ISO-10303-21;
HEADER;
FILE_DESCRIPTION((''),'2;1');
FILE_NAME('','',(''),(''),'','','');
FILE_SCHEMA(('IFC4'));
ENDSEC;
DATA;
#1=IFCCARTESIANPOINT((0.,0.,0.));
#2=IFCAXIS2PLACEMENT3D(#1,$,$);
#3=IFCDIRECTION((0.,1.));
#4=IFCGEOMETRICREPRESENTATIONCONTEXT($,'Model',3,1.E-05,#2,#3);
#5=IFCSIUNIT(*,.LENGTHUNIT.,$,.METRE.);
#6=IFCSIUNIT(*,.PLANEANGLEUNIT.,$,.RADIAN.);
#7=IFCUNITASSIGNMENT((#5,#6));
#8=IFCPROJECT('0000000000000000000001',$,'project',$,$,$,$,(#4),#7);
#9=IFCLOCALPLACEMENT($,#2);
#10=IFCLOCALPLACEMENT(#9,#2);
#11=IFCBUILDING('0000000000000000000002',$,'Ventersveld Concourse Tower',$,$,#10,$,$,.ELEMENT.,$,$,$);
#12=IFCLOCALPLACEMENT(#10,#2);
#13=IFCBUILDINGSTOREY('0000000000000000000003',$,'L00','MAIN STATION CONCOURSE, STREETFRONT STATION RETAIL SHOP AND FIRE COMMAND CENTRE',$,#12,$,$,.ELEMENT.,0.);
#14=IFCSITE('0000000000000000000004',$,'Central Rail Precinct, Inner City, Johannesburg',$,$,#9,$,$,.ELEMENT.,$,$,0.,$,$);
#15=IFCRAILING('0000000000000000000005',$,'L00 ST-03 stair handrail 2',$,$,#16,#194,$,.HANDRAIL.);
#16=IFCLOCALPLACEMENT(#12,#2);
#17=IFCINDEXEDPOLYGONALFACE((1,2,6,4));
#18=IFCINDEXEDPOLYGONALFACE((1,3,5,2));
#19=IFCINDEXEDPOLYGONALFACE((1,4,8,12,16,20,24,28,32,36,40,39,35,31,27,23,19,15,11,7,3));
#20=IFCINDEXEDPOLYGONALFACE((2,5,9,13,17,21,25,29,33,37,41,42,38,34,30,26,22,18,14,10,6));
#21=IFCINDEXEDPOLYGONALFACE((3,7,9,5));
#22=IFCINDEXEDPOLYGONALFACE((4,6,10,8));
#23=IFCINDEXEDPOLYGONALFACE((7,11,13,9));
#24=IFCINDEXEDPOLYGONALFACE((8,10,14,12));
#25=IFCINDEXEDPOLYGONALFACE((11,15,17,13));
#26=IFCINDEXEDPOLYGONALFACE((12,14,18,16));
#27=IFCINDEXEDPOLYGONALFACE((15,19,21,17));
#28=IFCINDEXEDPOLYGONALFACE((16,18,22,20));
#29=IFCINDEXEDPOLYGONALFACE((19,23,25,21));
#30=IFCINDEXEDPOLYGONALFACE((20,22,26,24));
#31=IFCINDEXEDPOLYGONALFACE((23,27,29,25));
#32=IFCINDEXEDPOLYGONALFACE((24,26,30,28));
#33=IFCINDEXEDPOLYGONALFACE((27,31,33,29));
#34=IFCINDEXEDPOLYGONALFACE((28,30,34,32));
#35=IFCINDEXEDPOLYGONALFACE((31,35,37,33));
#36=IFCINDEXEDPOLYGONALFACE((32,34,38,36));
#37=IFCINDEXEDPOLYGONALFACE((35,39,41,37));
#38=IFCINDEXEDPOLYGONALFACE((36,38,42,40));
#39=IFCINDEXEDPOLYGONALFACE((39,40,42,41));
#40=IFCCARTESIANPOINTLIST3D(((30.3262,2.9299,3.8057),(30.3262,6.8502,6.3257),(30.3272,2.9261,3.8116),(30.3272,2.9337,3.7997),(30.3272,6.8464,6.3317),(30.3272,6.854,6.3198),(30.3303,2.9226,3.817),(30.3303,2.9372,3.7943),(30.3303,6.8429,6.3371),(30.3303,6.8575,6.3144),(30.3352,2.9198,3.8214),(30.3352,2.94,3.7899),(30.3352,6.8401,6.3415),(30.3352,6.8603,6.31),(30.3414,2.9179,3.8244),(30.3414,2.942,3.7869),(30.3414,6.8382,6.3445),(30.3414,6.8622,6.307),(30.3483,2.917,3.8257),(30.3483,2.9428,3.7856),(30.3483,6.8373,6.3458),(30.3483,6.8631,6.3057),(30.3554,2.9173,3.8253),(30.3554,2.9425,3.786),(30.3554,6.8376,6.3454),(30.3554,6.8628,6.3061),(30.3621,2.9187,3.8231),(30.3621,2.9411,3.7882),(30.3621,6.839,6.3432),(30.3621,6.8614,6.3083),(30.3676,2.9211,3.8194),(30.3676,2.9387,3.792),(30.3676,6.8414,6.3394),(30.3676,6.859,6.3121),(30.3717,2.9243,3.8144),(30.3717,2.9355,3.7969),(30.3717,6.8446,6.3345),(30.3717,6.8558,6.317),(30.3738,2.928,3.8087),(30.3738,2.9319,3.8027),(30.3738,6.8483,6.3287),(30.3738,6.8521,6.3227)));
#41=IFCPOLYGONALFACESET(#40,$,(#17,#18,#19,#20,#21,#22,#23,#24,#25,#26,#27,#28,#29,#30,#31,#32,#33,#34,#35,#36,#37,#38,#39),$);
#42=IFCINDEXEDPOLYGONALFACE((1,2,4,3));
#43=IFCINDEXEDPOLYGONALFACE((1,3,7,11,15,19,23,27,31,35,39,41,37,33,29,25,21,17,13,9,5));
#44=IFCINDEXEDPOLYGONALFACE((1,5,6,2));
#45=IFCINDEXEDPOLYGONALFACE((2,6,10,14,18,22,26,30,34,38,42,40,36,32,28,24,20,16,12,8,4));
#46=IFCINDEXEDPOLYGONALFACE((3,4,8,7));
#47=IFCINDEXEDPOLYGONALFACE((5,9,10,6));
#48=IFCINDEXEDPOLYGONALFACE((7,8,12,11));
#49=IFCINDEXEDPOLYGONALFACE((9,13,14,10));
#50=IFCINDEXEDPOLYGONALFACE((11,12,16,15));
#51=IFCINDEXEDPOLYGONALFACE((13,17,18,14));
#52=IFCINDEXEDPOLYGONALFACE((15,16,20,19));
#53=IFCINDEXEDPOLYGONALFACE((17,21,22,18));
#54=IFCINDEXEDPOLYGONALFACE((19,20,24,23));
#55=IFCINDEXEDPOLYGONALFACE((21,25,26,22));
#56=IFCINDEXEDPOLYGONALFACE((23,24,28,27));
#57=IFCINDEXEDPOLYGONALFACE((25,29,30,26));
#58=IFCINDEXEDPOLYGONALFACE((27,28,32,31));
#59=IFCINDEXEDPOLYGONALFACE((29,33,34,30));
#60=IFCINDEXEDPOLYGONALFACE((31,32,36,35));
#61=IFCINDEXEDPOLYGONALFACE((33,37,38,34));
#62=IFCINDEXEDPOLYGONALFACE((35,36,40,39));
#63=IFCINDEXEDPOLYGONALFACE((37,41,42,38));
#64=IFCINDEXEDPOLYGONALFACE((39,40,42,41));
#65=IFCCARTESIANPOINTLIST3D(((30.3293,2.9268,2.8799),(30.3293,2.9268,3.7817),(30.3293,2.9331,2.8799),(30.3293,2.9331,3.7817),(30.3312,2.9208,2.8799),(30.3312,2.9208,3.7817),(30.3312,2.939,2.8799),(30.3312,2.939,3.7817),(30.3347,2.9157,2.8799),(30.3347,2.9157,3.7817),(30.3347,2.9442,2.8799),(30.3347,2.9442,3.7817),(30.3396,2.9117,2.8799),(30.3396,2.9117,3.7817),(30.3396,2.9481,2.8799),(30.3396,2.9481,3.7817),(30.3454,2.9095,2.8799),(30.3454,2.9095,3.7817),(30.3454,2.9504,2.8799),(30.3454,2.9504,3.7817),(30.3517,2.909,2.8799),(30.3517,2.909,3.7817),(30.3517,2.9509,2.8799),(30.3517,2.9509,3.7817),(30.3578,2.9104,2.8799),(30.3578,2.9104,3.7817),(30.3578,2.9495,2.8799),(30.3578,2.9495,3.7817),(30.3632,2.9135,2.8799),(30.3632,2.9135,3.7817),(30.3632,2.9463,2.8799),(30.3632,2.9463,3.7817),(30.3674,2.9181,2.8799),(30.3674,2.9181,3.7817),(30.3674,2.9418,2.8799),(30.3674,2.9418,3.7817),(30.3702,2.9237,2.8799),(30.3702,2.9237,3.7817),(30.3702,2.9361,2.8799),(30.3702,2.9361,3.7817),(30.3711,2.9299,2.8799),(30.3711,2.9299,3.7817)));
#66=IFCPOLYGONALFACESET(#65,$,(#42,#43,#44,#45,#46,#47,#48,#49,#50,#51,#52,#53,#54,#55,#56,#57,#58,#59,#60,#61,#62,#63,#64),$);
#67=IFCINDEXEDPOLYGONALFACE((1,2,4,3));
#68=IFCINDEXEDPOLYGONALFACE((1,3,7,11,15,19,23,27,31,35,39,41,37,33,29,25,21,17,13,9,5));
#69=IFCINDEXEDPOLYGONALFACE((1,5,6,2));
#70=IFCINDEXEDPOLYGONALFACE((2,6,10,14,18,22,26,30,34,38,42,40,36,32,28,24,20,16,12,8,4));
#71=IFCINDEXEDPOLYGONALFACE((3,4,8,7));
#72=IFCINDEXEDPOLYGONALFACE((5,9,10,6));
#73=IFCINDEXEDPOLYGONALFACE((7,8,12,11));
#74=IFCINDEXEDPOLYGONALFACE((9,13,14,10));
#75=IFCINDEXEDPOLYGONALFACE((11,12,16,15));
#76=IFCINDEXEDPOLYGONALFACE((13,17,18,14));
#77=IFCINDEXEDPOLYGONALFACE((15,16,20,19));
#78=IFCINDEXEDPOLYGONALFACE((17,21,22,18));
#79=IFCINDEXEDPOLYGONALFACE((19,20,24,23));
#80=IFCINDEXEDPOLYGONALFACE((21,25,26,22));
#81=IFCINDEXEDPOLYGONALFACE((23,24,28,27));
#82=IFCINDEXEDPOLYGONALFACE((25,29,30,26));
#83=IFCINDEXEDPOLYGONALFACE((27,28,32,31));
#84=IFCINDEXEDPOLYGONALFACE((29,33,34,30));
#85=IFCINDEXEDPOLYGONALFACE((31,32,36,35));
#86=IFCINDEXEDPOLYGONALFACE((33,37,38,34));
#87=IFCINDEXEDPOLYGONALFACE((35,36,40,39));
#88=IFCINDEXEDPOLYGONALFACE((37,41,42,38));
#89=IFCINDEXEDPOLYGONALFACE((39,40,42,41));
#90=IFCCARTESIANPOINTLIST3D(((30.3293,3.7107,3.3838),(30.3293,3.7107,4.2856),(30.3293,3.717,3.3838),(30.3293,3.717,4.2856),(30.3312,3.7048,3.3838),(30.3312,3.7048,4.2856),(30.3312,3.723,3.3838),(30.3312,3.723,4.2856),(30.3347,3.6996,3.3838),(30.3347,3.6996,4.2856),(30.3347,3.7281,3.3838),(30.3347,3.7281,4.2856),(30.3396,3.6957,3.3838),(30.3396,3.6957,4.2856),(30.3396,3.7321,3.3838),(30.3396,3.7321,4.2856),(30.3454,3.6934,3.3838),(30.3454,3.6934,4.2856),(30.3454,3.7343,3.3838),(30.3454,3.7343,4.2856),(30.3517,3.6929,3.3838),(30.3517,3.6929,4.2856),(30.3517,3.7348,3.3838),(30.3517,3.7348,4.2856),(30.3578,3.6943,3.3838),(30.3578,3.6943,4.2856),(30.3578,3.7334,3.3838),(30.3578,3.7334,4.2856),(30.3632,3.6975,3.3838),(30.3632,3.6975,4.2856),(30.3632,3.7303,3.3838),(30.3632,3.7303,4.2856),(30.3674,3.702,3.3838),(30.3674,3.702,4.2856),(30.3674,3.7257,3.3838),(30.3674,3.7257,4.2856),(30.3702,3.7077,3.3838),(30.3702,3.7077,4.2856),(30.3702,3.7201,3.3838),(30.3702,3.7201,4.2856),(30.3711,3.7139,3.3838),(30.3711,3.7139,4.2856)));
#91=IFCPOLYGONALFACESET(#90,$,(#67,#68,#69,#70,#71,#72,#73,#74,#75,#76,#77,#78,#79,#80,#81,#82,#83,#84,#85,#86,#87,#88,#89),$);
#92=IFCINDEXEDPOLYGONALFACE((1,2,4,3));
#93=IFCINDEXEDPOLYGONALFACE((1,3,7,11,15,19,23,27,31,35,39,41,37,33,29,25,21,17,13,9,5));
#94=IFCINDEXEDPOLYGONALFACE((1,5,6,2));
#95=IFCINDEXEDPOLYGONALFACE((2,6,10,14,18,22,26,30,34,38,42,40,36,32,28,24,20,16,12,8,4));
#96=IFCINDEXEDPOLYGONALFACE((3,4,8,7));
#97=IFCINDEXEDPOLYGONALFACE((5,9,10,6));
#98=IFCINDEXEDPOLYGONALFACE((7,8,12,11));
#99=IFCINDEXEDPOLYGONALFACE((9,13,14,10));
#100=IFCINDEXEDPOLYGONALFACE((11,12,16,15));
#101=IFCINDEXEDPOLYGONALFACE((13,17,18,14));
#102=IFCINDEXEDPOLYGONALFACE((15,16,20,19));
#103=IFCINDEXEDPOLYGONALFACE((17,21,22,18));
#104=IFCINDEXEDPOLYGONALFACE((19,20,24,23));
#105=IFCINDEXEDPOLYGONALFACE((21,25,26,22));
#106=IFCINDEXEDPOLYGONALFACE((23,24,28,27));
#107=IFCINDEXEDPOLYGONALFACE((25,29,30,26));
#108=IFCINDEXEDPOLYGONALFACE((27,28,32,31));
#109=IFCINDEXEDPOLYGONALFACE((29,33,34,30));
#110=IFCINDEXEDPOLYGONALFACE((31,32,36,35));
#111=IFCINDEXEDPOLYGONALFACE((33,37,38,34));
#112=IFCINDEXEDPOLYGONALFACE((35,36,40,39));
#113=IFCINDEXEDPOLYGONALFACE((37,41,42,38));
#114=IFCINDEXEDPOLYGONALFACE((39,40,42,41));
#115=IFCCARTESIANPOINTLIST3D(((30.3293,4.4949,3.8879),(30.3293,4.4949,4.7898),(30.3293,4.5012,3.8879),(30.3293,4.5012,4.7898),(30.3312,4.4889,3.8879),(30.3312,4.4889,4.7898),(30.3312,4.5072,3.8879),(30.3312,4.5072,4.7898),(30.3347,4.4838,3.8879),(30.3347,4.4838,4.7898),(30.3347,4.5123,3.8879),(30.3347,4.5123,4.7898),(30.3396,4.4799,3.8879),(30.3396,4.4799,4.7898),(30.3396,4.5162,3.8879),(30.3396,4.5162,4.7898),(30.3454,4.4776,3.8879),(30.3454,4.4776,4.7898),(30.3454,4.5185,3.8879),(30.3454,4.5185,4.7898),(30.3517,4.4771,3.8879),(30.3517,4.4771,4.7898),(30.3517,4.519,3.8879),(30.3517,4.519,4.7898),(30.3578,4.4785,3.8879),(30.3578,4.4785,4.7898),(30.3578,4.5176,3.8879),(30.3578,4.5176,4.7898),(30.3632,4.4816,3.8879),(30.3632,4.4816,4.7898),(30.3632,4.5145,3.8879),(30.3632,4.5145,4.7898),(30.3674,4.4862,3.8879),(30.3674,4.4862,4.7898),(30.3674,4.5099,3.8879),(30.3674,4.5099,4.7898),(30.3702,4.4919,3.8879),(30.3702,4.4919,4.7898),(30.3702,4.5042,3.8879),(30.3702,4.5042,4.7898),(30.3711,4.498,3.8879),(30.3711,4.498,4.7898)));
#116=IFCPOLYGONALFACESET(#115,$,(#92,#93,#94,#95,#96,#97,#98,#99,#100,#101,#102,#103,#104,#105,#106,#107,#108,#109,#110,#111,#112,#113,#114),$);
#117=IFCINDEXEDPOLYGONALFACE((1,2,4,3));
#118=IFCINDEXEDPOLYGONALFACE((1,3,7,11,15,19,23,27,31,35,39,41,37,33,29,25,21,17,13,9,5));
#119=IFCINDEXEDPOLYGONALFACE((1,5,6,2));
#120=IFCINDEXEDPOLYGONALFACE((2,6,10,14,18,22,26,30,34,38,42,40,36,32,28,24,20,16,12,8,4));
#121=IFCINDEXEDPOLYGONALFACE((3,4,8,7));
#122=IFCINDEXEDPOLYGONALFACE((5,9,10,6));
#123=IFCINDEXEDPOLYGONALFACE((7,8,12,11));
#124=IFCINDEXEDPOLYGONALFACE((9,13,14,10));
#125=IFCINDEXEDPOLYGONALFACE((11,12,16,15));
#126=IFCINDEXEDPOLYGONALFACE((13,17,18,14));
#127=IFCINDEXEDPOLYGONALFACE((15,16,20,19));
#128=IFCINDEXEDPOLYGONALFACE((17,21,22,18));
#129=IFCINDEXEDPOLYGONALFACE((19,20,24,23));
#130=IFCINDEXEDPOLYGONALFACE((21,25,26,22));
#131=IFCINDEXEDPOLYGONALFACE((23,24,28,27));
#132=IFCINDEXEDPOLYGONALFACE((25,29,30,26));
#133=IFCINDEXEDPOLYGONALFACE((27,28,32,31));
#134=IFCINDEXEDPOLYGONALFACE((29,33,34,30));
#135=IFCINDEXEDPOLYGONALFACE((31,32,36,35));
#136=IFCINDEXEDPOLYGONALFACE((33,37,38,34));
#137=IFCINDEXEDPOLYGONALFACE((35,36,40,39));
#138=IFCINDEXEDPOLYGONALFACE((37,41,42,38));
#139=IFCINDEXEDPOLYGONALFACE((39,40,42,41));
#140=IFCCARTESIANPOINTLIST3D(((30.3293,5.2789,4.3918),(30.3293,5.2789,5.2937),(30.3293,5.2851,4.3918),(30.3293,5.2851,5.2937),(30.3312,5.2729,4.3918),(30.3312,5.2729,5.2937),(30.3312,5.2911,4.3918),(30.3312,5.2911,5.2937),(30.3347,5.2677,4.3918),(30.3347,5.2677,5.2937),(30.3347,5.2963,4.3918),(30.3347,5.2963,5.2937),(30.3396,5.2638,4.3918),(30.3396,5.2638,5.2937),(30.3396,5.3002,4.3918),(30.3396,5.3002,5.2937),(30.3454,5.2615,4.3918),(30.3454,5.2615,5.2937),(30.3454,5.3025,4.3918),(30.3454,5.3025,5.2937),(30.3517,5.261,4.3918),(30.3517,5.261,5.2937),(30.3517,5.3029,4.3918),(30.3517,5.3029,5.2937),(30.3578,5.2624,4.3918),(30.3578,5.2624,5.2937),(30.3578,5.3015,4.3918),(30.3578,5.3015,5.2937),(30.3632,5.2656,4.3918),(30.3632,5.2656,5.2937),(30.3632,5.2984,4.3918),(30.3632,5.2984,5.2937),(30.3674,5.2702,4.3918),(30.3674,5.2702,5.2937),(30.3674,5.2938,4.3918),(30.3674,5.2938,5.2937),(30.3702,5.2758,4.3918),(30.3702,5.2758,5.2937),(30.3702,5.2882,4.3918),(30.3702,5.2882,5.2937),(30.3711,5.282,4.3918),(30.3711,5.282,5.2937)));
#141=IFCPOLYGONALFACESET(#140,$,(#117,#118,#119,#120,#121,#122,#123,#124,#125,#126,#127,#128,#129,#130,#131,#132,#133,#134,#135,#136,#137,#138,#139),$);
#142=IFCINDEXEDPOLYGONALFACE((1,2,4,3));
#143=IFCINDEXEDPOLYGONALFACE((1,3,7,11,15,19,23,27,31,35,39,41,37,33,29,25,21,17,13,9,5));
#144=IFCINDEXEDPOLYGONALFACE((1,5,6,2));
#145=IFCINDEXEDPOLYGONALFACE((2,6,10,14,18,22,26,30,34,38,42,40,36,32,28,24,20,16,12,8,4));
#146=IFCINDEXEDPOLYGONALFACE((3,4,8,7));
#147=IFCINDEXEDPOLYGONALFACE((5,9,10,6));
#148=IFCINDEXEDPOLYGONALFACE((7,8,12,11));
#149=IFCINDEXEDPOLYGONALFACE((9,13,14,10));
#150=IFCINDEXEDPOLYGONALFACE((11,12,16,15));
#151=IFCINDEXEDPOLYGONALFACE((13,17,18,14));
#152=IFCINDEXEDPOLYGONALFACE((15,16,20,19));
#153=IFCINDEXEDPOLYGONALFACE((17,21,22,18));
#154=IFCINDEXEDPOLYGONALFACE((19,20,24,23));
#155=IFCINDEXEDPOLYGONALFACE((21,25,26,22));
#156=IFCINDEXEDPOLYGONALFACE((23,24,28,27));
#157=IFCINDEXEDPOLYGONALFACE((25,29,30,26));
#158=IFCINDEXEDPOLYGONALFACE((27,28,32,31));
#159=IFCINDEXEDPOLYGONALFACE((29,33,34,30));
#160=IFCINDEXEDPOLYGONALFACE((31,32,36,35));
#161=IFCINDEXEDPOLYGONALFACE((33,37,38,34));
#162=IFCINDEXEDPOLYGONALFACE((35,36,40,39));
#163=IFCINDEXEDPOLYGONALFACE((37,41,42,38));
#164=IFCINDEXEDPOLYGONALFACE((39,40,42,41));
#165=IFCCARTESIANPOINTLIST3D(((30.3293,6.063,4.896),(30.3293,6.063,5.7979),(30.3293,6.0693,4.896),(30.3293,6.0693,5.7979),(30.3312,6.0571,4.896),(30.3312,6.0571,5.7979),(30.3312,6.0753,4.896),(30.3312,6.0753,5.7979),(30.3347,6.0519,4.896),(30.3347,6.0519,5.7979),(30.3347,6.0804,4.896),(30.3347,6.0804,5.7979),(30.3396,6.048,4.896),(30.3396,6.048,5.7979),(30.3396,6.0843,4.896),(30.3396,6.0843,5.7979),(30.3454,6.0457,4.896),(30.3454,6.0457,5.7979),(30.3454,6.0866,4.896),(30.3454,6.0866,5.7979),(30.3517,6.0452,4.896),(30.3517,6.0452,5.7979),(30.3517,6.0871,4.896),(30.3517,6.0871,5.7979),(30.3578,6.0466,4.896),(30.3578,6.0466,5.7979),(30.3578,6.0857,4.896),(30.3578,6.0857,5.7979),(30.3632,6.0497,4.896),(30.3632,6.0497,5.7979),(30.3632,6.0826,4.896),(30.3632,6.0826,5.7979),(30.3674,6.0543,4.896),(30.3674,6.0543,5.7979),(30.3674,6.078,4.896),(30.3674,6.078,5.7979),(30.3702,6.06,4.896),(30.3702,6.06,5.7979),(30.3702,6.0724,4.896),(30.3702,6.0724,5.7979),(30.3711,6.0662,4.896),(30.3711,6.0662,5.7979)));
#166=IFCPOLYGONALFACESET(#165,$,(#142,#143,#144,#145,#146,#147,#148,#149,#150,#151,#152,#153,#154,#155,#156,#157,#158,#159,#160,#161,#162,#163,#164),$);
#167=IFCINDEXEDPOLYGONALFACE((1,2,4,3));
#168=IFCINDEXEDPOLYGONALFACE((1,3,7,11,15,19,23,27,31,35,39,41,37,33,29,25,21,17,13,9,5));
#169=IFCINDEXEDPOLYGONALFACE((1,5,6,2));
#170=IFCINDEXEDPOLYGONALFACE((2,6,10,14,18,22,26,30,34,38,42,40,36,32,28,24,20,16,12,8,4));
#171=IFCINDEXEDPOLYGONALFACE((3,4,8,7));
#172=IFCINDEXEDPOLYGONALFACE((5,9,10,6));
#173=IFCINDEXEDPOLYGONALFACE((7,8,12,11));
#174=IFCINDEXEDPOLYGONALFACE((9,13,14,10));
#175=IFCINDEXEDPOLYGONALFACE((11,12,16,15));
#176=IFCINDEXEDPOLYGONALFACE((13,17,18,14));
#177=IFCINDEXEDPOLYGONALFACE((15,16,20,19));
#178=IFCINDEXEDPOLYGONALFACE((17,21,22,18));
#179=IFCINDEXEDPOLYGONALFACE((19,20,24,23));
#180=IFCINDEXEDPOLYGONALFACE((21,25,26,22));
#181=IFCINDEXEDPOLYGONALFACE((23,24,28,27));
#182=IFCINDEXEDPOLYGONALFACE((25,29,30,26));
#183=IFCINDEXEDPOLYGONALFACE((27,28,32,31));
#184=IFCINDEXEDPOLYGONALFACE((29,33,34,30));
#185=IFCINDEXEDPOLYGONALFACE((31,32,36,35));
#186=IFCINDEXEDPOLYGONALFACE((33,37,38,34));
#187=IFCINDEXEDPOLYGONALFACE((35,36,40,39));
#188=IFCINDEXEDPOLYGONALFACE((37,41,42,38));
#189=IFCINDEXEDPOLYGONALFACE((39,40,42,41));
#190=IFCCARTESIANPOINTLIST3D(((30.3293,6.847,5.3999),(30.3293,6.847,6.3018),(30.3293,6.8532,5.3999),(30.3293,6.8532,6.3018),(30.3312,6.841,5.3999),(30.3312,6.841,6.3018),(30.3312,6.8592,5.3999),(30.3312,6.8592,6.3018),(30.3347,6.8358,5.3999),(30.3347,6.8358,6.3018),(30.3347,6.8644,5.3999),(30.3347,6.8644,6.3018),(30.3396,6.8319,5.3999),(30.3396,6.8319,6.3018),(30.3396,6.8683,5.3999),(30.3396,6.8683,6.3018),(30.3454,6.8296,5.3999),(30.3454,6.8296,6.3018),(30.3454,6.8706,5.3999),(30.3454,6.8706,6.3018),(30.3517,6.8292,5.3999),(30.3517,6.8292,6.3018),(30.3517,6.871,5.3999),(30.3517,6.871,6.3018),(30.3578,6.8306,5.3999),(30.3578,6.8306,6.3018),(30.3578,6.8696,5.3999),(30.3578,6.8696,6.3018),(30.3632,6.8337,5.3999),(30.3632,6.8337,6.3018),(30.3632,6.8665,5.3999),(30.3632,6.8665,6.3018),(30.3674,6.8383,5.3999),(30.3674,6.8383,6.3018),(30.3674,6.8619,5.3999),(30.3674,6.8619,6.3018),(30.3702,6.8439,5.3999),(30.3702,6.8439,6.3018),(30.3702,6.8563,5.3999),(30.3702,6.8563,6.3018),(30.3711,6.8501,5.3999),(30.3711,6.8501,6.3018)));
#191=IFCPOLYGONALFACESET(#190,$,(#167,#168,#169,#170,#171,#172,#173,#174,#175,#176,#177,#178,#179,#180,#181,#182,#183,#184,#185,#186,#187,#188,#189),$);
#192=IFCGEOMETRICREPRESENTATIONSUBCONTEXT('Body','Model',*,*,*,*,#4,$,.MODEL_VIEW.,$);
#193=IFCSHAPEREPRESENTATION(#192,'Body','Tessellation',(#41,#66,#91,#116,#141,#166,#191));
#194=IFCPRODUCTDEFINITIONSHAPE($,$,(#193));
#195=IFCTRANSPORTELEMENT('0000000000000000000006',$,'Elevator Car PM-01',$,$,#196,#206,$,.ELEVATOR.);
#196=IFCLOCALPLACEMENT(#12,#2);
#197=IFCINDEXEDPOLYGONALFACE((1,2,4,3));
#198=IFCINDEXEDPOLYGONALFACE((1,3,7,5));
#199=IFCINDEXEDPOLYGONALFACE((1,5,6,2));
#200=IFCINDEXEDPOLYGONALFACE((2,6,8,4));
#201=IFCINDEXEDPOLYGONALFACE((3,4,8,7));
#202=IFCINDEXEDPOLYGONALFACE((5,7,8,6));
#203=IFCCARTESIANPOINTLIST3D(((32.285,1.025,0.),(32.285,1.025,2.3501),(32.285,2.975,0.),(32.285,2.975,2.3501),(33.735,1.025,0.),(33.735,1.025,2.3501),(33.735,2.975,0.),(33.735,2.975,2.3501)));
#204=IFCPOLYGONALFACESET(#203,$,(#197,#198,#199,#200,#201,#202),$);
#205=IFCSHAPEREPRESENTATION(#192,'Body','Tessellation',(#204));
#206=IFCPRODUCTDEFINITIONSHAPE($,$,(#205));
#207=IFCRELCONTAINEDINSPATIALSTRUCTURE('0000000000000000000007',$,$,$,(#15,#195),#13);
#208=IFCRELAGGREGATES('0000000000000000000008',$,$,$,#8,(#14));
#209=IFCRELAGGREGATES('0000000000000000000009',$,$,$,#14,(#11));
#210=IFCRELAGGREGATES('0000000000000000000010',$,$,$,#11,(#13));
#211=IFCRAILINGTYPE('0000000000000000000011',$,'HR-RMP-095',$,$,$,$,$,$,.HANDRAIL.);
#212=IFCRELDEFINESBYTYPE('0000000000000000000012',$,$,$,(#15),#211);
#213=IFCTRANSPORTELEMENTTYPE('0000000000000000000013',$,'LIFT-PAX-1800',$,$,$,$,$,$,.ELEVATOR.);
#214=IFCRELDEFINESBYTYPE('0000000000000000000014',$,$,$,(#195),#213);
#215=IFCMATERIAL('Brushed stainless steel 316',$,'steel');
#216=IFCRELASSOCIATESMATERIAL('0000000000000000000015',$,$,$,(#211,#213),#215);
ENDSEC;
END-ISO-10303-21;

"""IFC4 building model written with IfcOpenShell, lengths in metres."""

from ifc_helpers import new_model, si_unit, direction, frame, origin, origin_2d, place, context, subcontext, project, spatial, rectangle, circle, extrude, material, type_object, element, save


model = new_model("IFC4")

# Units and contexts
model_context = context("Model", 3, precision=1e-05, world=origin(), true_north=direction((0.0, 1.0)))
body_context = subcontext(model_context, "Body", "Model", "MODEL_VIEW")
ifc_project = project(units=[si_unit("LENGTHUNIT", "METRE"), si_unit("PLANEANGLEUNIT", "RADIAN")], contexts=[model_context])

# Site, building, storey
site_placement = place(None, origin())
site = spatial("IfcSite", under=ifc_project, at=site_placement, Name="Central Rail Precinct, Inner City, Johannesburg", CompositionType="ELEMENT", RefElevation=0.0)
building_placement = place(site_placement, origin())
building = spatial("IfcBuilding", under=site, at=building_placement, Name="Ventersveld Concourse Tower", CompositionType="ELEMENT")
storey_placement = place(building_placement, origin())
storey = spatial("IfcBuildingStorey", under=building, at=storey_placement, Name="L00", Description="MAIN STATION CONCOURSE, STREETFRONT STATION RETAIL SHOP AND FIRE COMMAND CENTRE", CompositionType="ELEMENT", Elevation=0.0)

# Shared definitions
ifc_material_1 = material(Name="Brushed stainless steel 316", Category="steel")

# Railing
railing_type_1 = type_object("IfcRailingType", Name="HR-RMP-095", PredefinedType="HANDRAIL", material=ifc_material_1)
for number, where, name in (
    (1, (30.3501, 2.9299, 2.8799), "L00 ST-03 stair handrail 2"),
):
    element("IfcRailing", number, at=place(storey_placement, frame(where)), inside=storey, type_object=railing_type_1, Name=name, PredefinedType="HANDRAIL", context=body_context, shape_type="SweptSolid", body=[
        extrude(circle(Radius=0.0239, at=origin_2d()), frame((0.0, 0.0, 0.9258), z_axis=(0.0, 0.841187, 0.540744), x_axis=(-1.0, 0.0, 0.0)), (0.0, 0.0, 1.0), 4.6604),
        extrude(circle(Radius=0.021, at=origin_2d()), origin(), (0.0, 0.0, 1.0), 0.9019),
        extrude(circle(Radius=0.021, at=origin_2d()), frame((0.0, 0.7839, 0.5039)), (0.0, 0.0, 1.0), 0.9019),
        extrude(circle(Radius=0.021, at=origin_2d()), frame((0.0, 1.5681, 1.0081)), (0.0, 0.0, 1.0), 0.9019),
        extrude(circle(Radius=0.021, at=origin_2d()), frame((0.0, 2.3521, 1.512)), (0.0, 0.0, 1.0), 0.9019),
        extrude(circle(Radius=0.021, at=origin_2d()), frame((0.0, 3.1362, 2.0161)), (0.0, 0.0, 1.0), 0.9019),
        extrude(circle(Radius=0.021, at=origin_2d()), frame((0.0, 3.9202, 2.52)), (0.0, 0.0, 1.0), 0.9019),
    ])

# Transport element
transport_element_type = type_object("IfcTransportElementType", Name="LIFT-PAX-1800", PredefinedType="ELEVATOR", material=ifc_material_1)
for number, where, z_axis, x_axis, name in (
    (2, (33.01, 2.0, 0.0), (0.0, 0.0, 1.0), (1.0, 0.0, 0.0), "Elevator Car PM-01"),
):
    element("IfcTransportElement", number, at=place(storey_placement, frame(where, z_axis=z_axis, x_axis=x_axis)), inside=storey, type_object=transport_element_type, Name=name, PredefinedType="ELEVATOR", context=body_context, shape_type="SweptSolid", body=[
        extrude(rectangle(XDim=1.45, YDim=1.95, at=origin_2d()), origin(), (0.0, 0.0, 1.0), 2.3501),
    ])

save(model, "model.ifc")
